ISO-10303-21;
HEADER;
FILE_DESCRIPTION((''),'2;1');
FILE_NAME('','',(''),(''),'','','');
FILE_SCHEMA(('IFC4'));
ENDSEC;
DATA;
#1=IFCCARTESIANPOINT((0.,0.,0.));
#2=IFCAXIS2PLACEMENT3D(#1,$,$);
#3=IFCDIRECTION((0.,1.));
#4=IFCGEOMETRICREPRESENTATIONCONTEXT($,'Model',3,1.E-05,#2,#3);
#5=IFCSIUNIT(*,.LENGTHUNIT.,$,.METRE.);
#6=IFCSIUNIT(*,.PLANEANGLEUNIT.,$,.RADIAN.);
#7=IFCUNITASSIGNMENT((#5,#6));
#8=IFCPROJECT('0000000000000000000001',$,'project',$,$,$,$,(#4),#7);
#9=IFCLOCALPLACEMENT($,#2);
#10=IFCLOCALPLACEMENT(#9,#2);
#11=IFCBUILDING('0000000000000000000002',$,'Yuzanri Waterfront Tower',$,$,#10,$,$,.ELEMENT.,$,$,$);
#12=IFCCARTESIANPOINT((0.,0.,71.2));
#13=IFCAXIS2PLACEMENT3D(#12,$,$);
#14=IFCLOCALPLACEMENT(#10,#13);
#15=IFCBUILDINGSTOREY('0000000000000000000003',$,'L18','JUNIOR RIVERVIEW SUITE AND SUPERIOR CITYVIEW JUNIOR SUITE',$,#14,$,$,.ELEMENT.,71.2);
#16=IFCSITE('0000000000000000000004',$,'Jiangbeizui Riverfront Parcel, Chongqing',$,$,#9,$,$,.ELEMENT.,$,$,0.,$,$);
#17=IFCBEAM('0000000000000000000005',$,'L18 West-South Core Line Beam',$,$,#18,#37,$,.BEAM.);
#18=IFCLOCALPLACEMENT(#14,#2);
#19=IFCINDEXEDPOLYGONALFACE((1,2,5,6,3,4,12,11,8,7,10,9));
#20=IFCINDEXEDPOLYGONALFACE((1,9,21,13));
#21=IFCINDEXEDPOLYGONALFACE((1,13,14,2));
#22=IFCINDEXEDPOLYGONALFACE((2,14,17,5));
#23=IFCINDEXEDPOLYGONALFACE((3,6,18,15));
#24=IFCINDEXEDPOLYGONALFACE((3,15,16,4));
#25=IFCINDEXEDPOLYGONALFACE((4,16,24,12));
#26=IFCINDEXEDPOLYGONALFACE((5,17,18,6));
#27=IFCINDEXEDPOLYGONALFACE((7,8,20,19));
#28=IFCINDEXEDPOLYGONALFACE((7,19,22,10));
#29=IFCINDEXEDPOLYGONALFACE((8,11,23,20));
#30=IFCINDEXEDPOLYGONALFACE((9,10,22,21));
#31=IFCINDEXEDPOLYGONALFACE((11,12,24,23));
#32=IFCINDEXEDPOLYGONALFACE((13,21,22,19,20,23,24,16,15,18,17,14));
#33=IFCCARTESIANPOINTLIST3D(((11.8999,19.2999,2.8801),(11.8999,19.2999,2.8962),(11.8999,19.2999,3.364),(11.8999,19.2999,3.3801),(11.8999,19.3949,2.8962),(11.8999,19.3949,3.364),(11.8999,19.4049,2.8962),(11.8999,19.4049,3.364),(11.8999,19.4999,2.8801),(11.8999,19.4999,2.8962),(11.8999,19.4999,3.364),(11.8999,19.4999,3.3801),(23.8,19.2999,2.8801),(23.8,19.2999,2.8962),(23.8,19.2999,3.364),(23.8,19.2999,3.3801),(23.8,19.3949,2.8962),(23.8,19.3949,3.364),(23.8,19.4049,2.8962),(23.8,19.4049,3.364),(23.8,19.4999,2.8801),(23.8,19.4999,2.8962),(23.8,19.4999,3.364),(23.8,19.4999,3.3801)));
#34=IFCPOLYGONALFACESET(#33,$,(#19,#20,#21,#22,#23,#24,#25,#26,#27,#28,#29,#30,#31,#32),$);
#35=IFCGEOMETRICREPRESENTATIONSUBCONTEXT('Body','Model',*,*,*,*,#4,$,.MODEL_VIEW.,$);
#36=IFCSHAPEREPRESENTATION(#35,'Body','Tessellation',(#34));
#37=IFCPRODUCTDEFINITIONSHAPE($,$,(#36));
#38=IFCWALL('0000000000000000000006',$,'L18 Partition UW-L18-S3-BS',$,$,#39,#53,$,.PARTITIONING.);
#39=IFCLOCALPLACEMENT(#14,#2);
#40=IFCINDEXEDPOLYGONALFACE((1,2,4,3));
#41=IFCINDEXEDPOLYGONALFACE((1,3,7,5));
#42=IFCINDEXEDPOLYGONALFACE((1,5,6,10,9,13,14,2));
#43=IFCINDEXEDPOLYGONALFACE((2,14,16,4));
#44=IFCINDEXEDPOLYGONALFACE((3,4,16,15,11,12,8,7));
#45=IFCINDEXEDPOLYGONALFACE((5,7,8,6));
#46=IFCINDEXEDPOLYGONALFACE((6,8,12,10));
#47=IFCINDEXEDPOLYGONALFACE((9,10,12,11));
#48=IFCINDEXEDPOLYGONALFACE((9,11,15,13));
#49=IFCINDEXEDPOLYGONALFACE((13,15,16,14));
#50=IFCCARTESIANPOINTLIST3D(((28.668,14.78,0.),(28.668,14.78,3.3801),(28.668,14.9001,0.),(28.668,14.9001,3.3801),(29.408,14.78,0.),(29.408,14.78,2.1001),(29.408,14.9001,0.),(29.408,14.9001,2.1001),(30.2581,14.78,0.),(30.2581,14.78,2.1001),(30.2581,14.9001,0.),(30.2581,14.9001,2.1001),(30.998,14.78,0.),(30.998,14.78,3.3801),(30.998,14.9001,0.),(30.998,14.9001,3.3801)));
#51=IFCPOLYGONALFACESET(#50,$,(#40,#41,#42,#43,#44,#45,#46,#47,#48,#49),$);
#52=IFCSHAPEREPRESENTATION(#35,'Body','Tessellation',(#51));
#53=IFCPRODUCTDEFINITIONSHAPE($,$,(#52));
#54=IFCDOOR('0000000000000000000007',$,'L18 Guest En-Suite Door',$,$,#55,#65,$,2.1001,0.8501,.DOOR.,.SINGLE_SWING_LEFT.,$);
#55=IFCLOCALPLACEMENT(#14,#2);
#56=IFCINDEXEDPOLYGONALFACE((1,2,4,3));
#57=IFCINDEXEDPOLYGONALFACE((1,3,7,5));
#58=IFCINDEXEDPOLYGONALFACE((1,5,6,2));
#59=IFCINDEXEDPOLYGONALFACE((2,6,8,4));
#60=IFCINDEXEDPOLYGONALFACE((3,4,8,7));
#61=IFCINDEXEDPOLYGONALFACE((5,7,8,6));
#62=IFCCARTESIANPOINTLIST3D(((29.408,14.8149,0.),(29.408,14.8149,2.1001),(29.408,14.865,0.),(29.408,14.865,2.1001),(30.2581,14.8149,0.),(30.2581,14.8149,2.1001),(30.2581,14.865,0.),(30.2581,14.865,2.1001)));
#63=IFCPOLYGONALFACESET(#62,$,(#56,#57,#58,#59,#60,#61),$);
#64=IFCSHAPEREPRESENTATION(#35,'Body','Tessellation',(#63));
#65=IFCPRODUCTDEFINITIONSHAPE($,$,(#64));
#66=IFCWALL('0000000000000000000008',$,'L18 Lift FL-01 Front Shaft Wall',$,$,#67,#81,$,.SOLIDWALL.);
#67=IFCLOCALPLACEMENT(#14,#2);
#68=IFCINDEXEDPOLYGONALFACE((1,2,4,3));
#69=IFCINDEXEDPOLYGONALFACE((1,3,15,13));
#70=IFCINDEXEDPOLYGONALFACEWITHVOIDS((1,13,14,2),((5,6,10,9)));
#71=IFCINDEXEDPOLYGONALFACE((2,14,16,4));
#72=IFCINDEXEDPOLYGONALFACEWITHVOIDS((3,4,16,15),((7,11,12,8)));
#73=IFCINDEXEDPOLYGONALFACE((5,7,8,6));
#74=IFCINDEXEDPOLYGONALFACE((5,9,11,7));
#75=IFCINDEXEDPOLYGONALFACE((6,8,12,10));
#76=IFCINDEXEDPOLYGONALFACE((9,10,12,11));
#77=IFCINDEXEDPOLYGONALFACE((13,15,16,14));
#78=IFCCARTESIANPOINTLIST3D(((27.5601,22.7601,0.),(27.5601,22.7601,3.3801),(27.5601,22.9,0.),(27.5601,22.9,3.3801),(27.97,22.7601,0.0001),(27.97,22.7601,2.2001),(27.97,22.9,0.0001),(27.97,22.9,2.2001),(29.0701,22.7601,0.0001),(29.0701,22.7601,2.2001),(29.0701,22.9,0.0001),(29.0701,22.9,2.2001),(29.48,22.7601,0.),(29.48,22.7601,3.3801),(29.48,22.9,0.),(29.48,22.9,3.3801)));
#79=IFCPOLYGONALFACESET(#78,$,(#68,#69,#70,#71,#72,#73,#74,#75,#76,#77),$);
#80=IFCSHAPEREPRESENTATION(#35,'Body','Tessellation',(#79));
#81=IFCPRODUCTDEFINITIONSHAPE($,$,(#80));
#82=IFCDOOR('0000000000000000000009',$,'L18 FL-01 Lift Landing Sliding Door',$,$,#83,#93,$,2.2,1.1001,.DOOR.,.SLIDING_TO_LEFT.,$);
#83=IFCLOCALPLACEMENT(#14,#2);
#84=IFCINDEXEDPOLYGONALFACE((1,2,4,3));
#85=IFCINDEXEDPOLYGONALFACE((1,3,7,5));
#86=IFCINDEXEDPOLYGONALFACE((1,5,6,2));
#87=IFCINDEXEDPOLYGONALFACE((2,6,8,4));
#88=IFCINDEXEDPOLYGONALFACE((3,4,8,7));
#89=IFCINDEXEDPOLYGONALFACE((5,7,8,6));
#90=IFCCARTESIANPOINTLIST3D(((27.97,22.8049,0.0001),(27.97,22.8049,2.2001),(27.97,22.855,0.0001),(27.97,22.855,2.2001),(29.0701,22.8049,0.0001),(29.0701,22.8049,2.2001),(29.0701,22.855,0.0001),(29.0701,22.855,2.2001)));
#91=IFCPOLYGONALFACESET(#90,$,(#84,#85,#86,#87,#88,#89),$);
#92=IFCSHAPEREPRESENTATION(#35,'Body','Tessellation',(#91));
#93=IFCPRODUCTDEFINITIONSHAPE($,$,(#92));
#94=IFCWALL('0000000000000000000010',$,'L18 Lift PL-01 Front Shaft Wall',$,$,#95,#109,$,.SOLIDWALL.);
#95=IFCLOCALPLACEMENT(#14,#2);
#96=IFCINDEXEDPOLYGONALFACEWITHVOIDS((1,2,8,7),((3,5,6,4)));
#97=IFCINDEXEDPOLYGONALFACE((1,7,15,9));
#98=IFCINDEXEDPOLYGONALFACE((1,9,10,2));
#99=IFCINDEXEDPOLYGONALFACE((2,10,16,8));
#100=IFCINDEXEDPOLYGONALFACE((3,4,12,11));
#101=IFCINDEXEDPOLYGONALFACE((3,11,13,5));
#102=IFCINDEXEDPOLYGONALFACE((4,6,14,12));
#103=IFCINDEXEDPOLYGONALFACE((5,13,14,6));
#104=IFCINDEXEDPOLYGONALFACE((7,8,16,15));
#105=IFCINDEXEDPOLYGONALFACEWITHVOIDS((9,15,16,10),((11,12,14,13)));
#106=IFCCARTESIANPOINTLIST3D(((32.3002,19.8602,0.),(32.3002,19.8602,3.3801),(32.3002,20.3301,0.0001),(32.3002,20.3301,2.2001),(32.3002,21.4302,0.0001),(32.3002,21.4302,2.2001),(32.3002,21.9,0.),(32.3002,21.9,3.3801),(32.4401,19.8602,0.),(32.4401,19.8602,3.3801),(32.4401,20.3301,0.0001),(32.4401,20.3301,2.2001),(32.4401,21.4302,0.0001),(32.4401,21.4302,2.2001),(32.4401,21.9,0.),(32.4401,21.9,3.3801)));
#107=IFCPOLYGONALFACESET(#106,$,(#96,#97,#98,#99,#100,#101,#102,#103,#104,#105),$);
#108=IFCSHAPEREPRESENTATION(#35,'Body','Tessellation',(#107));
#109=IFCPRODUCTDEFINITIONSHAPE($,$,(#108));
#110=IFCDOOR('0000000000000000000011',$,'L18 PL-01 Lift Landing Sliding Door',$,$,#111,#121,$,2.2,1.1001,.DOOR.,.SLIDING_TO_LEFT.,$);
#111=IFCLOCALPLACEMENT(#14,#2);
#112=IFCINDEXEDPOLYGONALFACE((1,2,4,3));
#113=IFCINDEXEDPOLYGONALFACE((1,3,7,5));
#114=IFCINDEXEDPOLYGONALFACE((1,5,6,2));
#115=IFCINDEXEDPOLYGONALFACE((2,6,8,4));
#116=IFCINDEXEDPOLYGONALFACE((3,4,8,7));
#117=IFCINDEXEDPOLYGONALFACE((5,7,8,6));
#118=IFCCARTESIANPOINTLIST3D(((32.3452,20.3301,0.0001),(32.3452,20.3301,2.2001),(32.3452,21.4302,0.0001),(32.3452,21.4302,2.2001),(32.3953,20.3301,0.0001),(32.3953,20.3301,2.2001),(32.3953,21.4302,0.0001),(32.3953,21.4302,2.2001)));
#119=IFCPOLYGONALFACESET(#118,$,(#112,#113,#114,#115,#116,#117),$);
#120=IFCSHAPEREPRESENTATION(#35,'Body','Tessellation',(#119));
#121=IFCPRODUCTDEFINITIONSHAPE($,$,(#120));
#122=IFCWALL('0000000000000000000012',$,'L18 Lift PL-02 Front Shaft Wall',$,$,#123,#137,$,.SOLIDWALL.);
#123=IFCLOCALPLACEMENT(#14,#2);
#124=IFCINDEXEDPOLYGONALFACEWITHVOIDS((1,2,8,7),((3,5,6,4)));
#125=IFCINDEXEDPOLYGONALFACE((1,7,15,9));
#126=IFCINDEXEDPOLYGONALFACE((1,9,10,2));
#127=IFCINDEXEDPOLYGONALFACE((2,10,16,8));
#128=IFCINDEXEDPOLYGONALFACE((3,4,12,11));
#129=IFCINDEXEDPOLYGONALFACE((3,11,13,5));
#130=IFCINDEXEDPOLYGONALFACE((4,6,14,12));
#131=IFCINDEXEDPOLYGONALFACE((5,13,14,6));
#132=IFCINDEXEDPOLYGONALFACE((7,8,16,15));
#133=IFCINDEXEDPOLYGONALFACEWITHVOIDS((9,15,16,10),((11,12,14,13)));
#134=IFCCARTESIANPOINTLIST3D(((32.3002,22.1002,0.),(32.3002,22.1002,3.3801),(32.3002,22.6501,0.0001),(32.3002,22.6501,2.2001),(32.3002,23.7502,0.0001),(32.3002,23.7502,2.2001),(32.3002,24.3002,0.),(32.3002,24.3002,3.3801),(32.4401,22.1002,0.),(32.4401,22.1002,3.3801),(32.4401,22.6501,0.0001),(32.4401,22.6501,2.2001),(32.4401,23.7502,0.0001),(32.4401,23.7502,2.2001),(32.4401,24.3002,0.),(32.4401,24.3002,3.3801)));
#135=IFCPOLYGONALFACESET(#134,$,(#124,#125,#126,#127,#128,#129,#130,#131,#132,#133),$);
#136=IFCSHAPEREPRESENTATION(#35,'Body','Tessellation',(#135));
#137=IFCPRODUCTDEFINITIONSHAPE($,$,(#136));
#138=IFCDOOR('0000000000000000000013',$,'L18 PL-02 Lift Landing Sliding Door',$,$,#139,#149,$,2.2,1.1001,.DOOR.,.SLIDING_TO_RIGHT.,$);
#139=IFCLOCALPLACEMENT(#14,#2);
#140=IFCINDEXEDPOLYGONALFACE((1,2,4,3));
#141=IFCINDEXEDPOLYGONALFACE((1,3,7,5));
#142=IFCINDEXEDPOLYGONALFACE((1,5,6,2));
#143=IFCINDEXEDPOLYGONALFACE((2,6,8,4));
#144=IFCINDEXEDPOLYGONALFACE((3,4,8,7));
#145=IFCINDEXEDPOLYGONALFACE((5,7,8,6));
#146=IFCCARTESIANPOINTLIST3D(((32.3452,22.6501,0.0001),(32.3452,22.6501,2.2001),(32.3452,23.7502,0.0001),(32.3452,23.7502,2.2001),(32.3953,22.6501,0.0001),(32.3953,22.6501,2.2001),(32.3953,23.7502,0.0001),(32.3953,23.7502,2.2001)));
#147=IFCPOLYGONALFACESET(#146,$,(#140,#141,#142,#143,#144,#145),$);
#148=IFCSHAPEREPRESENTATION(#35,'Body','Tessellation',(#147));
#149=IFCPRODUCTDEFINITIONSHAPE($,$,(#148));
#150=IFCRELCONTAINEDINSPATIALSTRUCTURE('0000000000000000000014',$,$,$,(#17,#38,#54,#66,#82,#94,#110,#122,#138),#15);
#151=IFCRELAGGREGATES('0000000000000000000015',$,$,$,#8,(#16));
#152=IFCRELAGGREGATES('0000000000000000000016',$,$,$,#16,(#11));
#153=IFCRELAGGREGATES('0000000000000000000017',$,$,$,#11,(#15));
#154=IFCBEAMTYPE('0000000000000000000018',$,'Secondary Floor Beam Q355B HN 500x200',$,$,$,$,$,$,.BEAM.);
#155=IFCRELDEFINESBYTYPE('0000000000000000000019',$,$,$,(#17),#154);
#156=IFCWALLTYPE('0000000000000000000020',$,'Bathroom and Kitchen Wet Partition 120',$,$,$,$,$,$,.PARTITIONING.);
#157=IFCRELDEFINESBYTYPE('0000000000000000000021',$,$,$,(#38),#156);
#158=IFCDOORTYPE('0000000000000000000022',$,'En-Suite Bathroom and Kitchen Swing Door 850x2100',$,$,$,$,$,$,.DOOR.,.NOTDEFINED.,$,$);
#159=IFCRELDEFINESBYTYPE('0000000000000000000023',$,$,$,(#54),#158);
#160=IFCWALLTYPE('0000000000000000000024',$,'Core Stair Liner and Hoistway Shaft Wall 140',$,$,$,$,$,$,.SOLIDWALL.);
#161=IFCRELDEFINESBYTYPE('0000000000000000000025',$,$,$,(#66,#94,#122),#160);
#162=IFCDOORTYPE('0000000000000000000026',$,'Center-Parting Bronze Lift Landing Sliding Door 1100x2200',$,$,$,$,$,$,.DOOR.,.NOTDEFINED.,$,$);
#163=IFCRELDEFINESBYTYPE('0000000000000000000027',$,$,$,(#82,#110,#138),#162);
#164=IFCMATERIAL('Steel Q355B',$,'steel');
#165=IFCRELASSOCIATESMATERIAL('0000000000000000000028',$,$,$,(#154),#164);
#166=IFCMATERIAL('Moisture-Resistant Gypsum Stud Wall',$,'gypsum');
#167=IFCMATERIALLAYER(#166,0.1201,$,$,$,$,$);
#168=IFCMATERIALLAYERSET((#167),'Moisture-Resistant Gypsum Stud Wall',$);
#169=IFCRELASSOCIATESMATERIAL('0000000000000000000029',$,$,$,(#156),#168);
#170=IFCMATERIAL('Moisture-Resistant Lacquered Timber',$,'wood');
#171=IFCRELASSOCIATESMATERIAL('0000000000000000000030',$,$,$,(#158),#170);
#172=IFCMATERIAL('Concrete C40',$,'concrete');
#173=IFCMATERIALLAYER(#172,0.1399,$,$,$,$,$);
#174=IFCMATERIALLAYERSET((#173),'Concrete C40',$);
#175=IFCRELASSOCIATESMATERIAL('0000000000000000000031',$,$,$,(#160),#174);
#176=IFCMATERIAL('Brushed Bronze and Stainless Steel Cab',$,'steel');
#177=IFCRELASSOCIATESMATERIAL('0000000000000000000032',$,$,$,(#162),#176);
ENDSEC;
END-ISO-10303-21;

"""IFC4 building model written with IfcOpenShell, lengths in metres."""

from ifc_helpers import new_model, si_unit, direction, frame, frame_2d, origin, origin_2d, place, context, subcontext, project, spatial, rectangle, i_section, extrude, source, transform, mapped, material, layer, layer_set, material_profile, profile_set, type_object, element, fill, save


model = new_model("IFC4")

# Units and contexts
model_context = context("Model", 3, precision=1e-05, world=origin(), true_north=direction((0.0, 1.0)))
body_context = subcontext(model_context, "Body", "Model", "MODEL_VIEW")
ifc_project = project(units=[si_unit("LENGTHUNIT", "METRE"), si_unit("PLANEANGLEUNIT", "RADIAN")], contexts=[model_context])

# Site, building, storey
site_placement = place(None, origin())
site = spatial("IfcSite", under=ifc_project, at=site_placement, Name="Jiangbeizui Riverfront Parcel, Chongqing", CompositionType="ELEMENT", RefElevation=0.0)
building_placement = place(site_placement, origin())
building = spatial("IfcBuilding", under=site, at=building_placement, Name="Yuzanri Waterfront Tower", CompositionType="ELEMENT")
storey_placement = place(building_placement, frame((0.0, 0.0, 71.2)))
storey = spatial("IfcBuildingStorey", under=building, at=storey_placement, Name="L18", Description="JUNIOR RIVERVIEW SUITE AND SUPERIOR CITYVIEW JUNIOR SUITE", CompositionType="ELEMENT", Elevation=71.2)

# Beam
ifc_material_1 = material(Name="Steel Q355B", Category="steel")
ifc_material_profile = material_profile(ifc_material_1, i_section(OverallWidth=0.2, OverallDepth=0.5, WebThickness=0.01, FlangeThickness=0.0161, at=origin_2d()), Name="HN 500x200x10x16")
ifc_profile_set = profile_set([ifc_material_profile], Name="Steel Q355B")
beam_type = type_object("IfcBeamType", Name="Secondary Floor Beam Q355B HN 500x200", PredefinedType="BEAM", material=ifc_profile_set)
shared_shape_1 = source(origin(), body_context, "Body", "SweptSolid", [
    extrude(i_section(OverallWidth=0.2, OverallDepth=0.5, WebThickness=0.01, FlangeThickness=0.0161, at=origin_2d()), origin(), (0.0, 0.0, 1.0), 11.9001),
])
beam_placement = place(storey_placement, frame((23.8, 19.3999, 3.1301), z_axis=(-1.0, 0.0, 0.0), x_axis=(0.0, -1.0, 0.0)))
element("IfcBeam", 1, at=beam_placement, inside=storey, type_object=beam_type, Name="L18 West-South Core Line Beam", PredefinedType="BEAM", context=body_context, shape_type="MappedRepresentation", body=[
    mapped(shared_shape_1, transform((0.0, 0.0, 0.0), scale=1.0)),
])

# Walls, openings, doors
ifc_material_2 = material(Name="Moisture-Resistant Gypsum Stud Wall", Category="gypsum")
ifc_layer_1 = layer(ifc_material_2, 0.1201)
ifc_layer_set_1 = layer_set([ifc_layer_1], Name="Moisture-Resistant Gypsum Stud Wall")
wall_type_1 = type_object("IfcWallType", Name="Bathroom and Kitchen Wet Partition 120", PredefinedType="PARTITIONING", material=ifc_layer_set_1)
wall_1_placement = place(storey_placement, frame((28.668, 14.8401, 0.0), z_axis=(0.0, 0.0, 1.0), x_axis=(1.0, 0.0, 0.0)))
wall_1 = element("IfcWall", 2, at=wall_1_placement, inside=storey, type_object=wall_type_1, Name="L18 Partition UW-L18-S3-BS", PredefinedType="PARTITIONING", context=body_context, shape_type="SweptSolid", body=[
    extrude(rectangle(XDim=2.3301, YDim=0.1201, at=frame_2d((1.165, 0.0))), origin(), (0.0, 0.0, 1.0), 3.3801),
])
opening_1_placement = place(wall_1_placement, frame((0.74, 0.0, 0.0)))
opening_1 = element("IfcOpeningElement", 3, at=opening_1_placement, cuts=wall_1, PredefinedType="OPENING", context=body_context, shape_type="SweptSolid", body=[
    extrude(rectangle(XDim=0.8501, YDim=2.1001, at=frame_2d((0.425, 1.05))), frame((0.0, 0.075, 0.0), z_axis=(0.0, -1.0, 0.0), x_axis=(1.0, 0.0, 0.0)), (0.0, 0.0, 1.0), 0.1499),
])
ifc_material_3 = material(Name="Moisture-Resistant Lacquered Timber", Category="wood")
door_type_1 = type_object("IfcDoorType", Name="En-Suite Bathroom and Kitchen Swing Door 850x2100", OperationType="NOTDEFINED", PredefinedType="DOOR", material=ifc_material_3)
shared_shape_2 = source(origin(), body_context, "Body", "SweptSolid", [
    extrude(rectangle(XDim=0.8501, YDim=2.1001, at=frame_2d((0.425, 1.05))), frame((0.0, 0.0249, 0.0), z_axis=(0.0, -1.0, 0.0), x_axis=(1.0, 0.0, 0.0)), (0.0, 0.0, 1.0), 0.05),
])
door_1_placement = place(opening_1_placement, origin())
door_1 = element("IfcDoor", 4, at=door_1_placement, inside=storey, type_object=door_type_1, Name="L18 Guest En-Suite Door", OperationType="SINGLE_SWING_LEFT", OverallHeight=2.1001, OverallWidth=0.8501, PredefinedType="DOOR", context=body_context, shape_type="MappedRepresentation", body=[
    mapped(shared_shape_2, transform((0.0, 0.0, 0.0), scale=1.0)),
])
fill(opening_1, door_1)
ifc_material_4 = material(Name="Concrete C40", Category="concrete")
ifc_layer_2 = layer(ifc_material_4, 0.1399)
ifc_layer_set_2 = layer_set([ifc_layer_2], Name="Concrete C40")
wall_type_2 = type_object("IfcWallType", Name="Core Stair Liner and Hoistway Shaft Wall 140", PredefinedType="SOLIDWALL", material=ifc_layer_set_2)
wall_2_placement = place(storey_placement, frame((27.5601, 22.8301, 0.0), z_axis=(0.0, 0.0, 1.0), x_axis=(1.0, 0.0, 0.0)))
wall_2 = element("IfcWall", 5, at=wall_2_placement, inside=storey, type_object=wall_type_2, Name="L18 Lift FL-01 Front Shaft Wall", PredefinedType="SOLIDWALL", context=body_context, shape_type="SweptSolid", body=[
    extrude(rectangle(XDim=1.9199, YDim=0.1399, at=frame_2d((0.96, 0.0))), origin(), (0.0, 0.0, 1.0), 3.3801),
])
opening_2_placement = place(wall_2_placement, frame((0.4099, 0.0, 0.0)))
opening_2 = element("IfcOpeningElement", 6, at=opening_2_placement, cuts=wall_2, PredefinedType="OPENING", context=body_context, shape_type="SweptSolid", body=[
    extrude(rectangle(XDim=1.1001, YDim=2.2, at=frame_2d((0.55, 1.1001))), frame((0.0, 0.085, 0.0), z_axis=(0.0, -1.0, 0.0), x_axis=(1.0, 0.0, 0.0)), (0.0, 0.0, 1.0), 0.1697),
])
ifc_material_5 = material(Name="Brushed Bronze and Stainless Steel Cab", Category="steel")
door_type_2 = type_object("IfcDoorType", Name="Center-Parting Bronze Lift Landing Sliding Door 1100x2200", OperationType="NOTDEFINED", PredefinedType="DOOR", material=ifc_material_5)
shared_shape_3 = source(origin(), body_context, "Body", "SweptSolid", [
    extrude(rectangle(XDim=1.1001, YDim=2.2, at=frame_2d((0.55, 1.1001))), frame((0.0, 0.0249, 0.0), z_axis=(0.0, -1.0, 0.0), x_axis=(1.0, 0.0, 0.0)), (0.0, 0.0, 1.0), 0.05),
])
door_2_placement = place(opening_2_placement, origin())
door_2 = element("IfcDoor", 7, at=door_2_placement, inside=storey, type_object=door_type_2, Name="L18 FL-01 Lift Landing Sliding Door", OperationType="SLIDING_TO_LEFT", OverallHeight=2.2, OverallWidth=1.1001, PredefinedType="DOOR", context=body_context, shape_type="MappedRepresentation", body=[
    mapped(shared_shape_3, transform((0.0, 0.0, 0.0), scale=1.0)),
])
fill(opening_2, door_2)
wall_3_placement = place(storey_placement, frame((32.3701, 19.8601, 0.0), z_axis=(0.0, 0.0, 1.0), x_axis=(0.0, 1.0, 0.0)))
wall_3 = element("IfcWall", 8, at=wall_3_placement, inside=storey, type_object=wall_type_2, Name="L18 Lift PL-01 Front Shaft Wall", PredefinedType="SOLIDWALL", context=body_context, shape_type="SweptSolid", body=[
    extrude(rectangle(XDim=2.0398, YDim=0.1399, at=frame_2d((1.02, 0.0))), origin(), (0.0, 0.0, 1.0), 3.3801),
])
opening_3_placement = place(wall_3_placement, frame((0.47, 0.0, 0.0)))
opening_3 = element("IfcOpeningElement", 9, at=opening_3_placement, cuts=wall_3, PredefinedType="OPENING", context=body_context, shape_type="SweptSolid", body=[
    extrude(rectangle(XDim=1.1001, YDim=2.2, at=frame_2d((0.55, 1.1001))), frame((0.0, 0.085, 0.0), z_axis=(0.0, -1.0, 0.0), x_axis=(1.0, 0.0, 0.0)), (0.0, 0.0, 1.0), 0.1697),
])
door_3_placement = place(opening_3_placement, origin())
door_3 = element("IfcDoor", 10, at=door_3_placement, inside=storey, type_object=door_type_2, Name="L18 PL-01 Lift Landing Sliding Door", OperationType="SLIDING_TO_LEFT", OverallHeight=2.2, OverallWidth=1.1001, PredefinedType="DOOR", context=body_context, shape_type="MappedRepresentation", body=[
    mapped(shared_shape_3, transform((0.0, 0.0, 0.0), scale=1.0)),
])
fill(opening_3, door_3)
wall_4_placement = place(storey_placement, frame((32.3701, 22.1001, 0.0), z_axis=(0.0, 0.0, 1.0), x_axis=(0.0, 1.0, 0.0)))
wall_4 = element("IfcWall", 11, at=wall_4_placement, inside=storey, type_object=wall_type_2, Name="L18 Lift PL-02 Front Shaft Wall", PredefinedType="SOLIDWALL", context=body_context, shape_type="SweptSolid", body=[
    extrude(rectangle(XDim=2.2, YDim=0.1399, at=frame_2d((1.1001, 0.0))), origin(), (0.0, 0.0, 1.0), 3.3801),
])
opening_4_placement = place(wall_4_placement, frame((0.55, 0.0, 0.0)))
opening_4 = element("IfcOpeningElement", 12, at=opening_4_placement, cuts=wall_4, PredefinedType="OPENING", context=body_context, shape_type="SweptSolid", body=[
    extrude(rectangle(XDim=1.1001, YDim=2.2, at=frame_2d((0.55, 1.1001))), frame((0.0, 0.085, 0.0), z_axis=(0.0, -1.0, 0.0), x_axis=(1.0, 0.0, 0.0)), (0.0, 0.0, 1.0), 0.1697),
])
door_4_placement = place(opening_4_placement, origin())
door_4 = element("IfcDoor", 13, at=door_4_placement, inside=storey, type_object=door_type_2, Name="L18 PL-02 Lift Landing Sliding Door", OperationType="SLIDING_TO_RIGHT", OverallHeight=2.2, OverallWidth=1.1001, PredefinedType="DOOR", context=body_context, shape_type="MappedRepresentation", body=[
    mapped(shared_shape_3, transform((0.0, 0.0, 0.0), scale=1.0)),
])
fill(opening_4, door_4)

save(model, "model.ifc")
